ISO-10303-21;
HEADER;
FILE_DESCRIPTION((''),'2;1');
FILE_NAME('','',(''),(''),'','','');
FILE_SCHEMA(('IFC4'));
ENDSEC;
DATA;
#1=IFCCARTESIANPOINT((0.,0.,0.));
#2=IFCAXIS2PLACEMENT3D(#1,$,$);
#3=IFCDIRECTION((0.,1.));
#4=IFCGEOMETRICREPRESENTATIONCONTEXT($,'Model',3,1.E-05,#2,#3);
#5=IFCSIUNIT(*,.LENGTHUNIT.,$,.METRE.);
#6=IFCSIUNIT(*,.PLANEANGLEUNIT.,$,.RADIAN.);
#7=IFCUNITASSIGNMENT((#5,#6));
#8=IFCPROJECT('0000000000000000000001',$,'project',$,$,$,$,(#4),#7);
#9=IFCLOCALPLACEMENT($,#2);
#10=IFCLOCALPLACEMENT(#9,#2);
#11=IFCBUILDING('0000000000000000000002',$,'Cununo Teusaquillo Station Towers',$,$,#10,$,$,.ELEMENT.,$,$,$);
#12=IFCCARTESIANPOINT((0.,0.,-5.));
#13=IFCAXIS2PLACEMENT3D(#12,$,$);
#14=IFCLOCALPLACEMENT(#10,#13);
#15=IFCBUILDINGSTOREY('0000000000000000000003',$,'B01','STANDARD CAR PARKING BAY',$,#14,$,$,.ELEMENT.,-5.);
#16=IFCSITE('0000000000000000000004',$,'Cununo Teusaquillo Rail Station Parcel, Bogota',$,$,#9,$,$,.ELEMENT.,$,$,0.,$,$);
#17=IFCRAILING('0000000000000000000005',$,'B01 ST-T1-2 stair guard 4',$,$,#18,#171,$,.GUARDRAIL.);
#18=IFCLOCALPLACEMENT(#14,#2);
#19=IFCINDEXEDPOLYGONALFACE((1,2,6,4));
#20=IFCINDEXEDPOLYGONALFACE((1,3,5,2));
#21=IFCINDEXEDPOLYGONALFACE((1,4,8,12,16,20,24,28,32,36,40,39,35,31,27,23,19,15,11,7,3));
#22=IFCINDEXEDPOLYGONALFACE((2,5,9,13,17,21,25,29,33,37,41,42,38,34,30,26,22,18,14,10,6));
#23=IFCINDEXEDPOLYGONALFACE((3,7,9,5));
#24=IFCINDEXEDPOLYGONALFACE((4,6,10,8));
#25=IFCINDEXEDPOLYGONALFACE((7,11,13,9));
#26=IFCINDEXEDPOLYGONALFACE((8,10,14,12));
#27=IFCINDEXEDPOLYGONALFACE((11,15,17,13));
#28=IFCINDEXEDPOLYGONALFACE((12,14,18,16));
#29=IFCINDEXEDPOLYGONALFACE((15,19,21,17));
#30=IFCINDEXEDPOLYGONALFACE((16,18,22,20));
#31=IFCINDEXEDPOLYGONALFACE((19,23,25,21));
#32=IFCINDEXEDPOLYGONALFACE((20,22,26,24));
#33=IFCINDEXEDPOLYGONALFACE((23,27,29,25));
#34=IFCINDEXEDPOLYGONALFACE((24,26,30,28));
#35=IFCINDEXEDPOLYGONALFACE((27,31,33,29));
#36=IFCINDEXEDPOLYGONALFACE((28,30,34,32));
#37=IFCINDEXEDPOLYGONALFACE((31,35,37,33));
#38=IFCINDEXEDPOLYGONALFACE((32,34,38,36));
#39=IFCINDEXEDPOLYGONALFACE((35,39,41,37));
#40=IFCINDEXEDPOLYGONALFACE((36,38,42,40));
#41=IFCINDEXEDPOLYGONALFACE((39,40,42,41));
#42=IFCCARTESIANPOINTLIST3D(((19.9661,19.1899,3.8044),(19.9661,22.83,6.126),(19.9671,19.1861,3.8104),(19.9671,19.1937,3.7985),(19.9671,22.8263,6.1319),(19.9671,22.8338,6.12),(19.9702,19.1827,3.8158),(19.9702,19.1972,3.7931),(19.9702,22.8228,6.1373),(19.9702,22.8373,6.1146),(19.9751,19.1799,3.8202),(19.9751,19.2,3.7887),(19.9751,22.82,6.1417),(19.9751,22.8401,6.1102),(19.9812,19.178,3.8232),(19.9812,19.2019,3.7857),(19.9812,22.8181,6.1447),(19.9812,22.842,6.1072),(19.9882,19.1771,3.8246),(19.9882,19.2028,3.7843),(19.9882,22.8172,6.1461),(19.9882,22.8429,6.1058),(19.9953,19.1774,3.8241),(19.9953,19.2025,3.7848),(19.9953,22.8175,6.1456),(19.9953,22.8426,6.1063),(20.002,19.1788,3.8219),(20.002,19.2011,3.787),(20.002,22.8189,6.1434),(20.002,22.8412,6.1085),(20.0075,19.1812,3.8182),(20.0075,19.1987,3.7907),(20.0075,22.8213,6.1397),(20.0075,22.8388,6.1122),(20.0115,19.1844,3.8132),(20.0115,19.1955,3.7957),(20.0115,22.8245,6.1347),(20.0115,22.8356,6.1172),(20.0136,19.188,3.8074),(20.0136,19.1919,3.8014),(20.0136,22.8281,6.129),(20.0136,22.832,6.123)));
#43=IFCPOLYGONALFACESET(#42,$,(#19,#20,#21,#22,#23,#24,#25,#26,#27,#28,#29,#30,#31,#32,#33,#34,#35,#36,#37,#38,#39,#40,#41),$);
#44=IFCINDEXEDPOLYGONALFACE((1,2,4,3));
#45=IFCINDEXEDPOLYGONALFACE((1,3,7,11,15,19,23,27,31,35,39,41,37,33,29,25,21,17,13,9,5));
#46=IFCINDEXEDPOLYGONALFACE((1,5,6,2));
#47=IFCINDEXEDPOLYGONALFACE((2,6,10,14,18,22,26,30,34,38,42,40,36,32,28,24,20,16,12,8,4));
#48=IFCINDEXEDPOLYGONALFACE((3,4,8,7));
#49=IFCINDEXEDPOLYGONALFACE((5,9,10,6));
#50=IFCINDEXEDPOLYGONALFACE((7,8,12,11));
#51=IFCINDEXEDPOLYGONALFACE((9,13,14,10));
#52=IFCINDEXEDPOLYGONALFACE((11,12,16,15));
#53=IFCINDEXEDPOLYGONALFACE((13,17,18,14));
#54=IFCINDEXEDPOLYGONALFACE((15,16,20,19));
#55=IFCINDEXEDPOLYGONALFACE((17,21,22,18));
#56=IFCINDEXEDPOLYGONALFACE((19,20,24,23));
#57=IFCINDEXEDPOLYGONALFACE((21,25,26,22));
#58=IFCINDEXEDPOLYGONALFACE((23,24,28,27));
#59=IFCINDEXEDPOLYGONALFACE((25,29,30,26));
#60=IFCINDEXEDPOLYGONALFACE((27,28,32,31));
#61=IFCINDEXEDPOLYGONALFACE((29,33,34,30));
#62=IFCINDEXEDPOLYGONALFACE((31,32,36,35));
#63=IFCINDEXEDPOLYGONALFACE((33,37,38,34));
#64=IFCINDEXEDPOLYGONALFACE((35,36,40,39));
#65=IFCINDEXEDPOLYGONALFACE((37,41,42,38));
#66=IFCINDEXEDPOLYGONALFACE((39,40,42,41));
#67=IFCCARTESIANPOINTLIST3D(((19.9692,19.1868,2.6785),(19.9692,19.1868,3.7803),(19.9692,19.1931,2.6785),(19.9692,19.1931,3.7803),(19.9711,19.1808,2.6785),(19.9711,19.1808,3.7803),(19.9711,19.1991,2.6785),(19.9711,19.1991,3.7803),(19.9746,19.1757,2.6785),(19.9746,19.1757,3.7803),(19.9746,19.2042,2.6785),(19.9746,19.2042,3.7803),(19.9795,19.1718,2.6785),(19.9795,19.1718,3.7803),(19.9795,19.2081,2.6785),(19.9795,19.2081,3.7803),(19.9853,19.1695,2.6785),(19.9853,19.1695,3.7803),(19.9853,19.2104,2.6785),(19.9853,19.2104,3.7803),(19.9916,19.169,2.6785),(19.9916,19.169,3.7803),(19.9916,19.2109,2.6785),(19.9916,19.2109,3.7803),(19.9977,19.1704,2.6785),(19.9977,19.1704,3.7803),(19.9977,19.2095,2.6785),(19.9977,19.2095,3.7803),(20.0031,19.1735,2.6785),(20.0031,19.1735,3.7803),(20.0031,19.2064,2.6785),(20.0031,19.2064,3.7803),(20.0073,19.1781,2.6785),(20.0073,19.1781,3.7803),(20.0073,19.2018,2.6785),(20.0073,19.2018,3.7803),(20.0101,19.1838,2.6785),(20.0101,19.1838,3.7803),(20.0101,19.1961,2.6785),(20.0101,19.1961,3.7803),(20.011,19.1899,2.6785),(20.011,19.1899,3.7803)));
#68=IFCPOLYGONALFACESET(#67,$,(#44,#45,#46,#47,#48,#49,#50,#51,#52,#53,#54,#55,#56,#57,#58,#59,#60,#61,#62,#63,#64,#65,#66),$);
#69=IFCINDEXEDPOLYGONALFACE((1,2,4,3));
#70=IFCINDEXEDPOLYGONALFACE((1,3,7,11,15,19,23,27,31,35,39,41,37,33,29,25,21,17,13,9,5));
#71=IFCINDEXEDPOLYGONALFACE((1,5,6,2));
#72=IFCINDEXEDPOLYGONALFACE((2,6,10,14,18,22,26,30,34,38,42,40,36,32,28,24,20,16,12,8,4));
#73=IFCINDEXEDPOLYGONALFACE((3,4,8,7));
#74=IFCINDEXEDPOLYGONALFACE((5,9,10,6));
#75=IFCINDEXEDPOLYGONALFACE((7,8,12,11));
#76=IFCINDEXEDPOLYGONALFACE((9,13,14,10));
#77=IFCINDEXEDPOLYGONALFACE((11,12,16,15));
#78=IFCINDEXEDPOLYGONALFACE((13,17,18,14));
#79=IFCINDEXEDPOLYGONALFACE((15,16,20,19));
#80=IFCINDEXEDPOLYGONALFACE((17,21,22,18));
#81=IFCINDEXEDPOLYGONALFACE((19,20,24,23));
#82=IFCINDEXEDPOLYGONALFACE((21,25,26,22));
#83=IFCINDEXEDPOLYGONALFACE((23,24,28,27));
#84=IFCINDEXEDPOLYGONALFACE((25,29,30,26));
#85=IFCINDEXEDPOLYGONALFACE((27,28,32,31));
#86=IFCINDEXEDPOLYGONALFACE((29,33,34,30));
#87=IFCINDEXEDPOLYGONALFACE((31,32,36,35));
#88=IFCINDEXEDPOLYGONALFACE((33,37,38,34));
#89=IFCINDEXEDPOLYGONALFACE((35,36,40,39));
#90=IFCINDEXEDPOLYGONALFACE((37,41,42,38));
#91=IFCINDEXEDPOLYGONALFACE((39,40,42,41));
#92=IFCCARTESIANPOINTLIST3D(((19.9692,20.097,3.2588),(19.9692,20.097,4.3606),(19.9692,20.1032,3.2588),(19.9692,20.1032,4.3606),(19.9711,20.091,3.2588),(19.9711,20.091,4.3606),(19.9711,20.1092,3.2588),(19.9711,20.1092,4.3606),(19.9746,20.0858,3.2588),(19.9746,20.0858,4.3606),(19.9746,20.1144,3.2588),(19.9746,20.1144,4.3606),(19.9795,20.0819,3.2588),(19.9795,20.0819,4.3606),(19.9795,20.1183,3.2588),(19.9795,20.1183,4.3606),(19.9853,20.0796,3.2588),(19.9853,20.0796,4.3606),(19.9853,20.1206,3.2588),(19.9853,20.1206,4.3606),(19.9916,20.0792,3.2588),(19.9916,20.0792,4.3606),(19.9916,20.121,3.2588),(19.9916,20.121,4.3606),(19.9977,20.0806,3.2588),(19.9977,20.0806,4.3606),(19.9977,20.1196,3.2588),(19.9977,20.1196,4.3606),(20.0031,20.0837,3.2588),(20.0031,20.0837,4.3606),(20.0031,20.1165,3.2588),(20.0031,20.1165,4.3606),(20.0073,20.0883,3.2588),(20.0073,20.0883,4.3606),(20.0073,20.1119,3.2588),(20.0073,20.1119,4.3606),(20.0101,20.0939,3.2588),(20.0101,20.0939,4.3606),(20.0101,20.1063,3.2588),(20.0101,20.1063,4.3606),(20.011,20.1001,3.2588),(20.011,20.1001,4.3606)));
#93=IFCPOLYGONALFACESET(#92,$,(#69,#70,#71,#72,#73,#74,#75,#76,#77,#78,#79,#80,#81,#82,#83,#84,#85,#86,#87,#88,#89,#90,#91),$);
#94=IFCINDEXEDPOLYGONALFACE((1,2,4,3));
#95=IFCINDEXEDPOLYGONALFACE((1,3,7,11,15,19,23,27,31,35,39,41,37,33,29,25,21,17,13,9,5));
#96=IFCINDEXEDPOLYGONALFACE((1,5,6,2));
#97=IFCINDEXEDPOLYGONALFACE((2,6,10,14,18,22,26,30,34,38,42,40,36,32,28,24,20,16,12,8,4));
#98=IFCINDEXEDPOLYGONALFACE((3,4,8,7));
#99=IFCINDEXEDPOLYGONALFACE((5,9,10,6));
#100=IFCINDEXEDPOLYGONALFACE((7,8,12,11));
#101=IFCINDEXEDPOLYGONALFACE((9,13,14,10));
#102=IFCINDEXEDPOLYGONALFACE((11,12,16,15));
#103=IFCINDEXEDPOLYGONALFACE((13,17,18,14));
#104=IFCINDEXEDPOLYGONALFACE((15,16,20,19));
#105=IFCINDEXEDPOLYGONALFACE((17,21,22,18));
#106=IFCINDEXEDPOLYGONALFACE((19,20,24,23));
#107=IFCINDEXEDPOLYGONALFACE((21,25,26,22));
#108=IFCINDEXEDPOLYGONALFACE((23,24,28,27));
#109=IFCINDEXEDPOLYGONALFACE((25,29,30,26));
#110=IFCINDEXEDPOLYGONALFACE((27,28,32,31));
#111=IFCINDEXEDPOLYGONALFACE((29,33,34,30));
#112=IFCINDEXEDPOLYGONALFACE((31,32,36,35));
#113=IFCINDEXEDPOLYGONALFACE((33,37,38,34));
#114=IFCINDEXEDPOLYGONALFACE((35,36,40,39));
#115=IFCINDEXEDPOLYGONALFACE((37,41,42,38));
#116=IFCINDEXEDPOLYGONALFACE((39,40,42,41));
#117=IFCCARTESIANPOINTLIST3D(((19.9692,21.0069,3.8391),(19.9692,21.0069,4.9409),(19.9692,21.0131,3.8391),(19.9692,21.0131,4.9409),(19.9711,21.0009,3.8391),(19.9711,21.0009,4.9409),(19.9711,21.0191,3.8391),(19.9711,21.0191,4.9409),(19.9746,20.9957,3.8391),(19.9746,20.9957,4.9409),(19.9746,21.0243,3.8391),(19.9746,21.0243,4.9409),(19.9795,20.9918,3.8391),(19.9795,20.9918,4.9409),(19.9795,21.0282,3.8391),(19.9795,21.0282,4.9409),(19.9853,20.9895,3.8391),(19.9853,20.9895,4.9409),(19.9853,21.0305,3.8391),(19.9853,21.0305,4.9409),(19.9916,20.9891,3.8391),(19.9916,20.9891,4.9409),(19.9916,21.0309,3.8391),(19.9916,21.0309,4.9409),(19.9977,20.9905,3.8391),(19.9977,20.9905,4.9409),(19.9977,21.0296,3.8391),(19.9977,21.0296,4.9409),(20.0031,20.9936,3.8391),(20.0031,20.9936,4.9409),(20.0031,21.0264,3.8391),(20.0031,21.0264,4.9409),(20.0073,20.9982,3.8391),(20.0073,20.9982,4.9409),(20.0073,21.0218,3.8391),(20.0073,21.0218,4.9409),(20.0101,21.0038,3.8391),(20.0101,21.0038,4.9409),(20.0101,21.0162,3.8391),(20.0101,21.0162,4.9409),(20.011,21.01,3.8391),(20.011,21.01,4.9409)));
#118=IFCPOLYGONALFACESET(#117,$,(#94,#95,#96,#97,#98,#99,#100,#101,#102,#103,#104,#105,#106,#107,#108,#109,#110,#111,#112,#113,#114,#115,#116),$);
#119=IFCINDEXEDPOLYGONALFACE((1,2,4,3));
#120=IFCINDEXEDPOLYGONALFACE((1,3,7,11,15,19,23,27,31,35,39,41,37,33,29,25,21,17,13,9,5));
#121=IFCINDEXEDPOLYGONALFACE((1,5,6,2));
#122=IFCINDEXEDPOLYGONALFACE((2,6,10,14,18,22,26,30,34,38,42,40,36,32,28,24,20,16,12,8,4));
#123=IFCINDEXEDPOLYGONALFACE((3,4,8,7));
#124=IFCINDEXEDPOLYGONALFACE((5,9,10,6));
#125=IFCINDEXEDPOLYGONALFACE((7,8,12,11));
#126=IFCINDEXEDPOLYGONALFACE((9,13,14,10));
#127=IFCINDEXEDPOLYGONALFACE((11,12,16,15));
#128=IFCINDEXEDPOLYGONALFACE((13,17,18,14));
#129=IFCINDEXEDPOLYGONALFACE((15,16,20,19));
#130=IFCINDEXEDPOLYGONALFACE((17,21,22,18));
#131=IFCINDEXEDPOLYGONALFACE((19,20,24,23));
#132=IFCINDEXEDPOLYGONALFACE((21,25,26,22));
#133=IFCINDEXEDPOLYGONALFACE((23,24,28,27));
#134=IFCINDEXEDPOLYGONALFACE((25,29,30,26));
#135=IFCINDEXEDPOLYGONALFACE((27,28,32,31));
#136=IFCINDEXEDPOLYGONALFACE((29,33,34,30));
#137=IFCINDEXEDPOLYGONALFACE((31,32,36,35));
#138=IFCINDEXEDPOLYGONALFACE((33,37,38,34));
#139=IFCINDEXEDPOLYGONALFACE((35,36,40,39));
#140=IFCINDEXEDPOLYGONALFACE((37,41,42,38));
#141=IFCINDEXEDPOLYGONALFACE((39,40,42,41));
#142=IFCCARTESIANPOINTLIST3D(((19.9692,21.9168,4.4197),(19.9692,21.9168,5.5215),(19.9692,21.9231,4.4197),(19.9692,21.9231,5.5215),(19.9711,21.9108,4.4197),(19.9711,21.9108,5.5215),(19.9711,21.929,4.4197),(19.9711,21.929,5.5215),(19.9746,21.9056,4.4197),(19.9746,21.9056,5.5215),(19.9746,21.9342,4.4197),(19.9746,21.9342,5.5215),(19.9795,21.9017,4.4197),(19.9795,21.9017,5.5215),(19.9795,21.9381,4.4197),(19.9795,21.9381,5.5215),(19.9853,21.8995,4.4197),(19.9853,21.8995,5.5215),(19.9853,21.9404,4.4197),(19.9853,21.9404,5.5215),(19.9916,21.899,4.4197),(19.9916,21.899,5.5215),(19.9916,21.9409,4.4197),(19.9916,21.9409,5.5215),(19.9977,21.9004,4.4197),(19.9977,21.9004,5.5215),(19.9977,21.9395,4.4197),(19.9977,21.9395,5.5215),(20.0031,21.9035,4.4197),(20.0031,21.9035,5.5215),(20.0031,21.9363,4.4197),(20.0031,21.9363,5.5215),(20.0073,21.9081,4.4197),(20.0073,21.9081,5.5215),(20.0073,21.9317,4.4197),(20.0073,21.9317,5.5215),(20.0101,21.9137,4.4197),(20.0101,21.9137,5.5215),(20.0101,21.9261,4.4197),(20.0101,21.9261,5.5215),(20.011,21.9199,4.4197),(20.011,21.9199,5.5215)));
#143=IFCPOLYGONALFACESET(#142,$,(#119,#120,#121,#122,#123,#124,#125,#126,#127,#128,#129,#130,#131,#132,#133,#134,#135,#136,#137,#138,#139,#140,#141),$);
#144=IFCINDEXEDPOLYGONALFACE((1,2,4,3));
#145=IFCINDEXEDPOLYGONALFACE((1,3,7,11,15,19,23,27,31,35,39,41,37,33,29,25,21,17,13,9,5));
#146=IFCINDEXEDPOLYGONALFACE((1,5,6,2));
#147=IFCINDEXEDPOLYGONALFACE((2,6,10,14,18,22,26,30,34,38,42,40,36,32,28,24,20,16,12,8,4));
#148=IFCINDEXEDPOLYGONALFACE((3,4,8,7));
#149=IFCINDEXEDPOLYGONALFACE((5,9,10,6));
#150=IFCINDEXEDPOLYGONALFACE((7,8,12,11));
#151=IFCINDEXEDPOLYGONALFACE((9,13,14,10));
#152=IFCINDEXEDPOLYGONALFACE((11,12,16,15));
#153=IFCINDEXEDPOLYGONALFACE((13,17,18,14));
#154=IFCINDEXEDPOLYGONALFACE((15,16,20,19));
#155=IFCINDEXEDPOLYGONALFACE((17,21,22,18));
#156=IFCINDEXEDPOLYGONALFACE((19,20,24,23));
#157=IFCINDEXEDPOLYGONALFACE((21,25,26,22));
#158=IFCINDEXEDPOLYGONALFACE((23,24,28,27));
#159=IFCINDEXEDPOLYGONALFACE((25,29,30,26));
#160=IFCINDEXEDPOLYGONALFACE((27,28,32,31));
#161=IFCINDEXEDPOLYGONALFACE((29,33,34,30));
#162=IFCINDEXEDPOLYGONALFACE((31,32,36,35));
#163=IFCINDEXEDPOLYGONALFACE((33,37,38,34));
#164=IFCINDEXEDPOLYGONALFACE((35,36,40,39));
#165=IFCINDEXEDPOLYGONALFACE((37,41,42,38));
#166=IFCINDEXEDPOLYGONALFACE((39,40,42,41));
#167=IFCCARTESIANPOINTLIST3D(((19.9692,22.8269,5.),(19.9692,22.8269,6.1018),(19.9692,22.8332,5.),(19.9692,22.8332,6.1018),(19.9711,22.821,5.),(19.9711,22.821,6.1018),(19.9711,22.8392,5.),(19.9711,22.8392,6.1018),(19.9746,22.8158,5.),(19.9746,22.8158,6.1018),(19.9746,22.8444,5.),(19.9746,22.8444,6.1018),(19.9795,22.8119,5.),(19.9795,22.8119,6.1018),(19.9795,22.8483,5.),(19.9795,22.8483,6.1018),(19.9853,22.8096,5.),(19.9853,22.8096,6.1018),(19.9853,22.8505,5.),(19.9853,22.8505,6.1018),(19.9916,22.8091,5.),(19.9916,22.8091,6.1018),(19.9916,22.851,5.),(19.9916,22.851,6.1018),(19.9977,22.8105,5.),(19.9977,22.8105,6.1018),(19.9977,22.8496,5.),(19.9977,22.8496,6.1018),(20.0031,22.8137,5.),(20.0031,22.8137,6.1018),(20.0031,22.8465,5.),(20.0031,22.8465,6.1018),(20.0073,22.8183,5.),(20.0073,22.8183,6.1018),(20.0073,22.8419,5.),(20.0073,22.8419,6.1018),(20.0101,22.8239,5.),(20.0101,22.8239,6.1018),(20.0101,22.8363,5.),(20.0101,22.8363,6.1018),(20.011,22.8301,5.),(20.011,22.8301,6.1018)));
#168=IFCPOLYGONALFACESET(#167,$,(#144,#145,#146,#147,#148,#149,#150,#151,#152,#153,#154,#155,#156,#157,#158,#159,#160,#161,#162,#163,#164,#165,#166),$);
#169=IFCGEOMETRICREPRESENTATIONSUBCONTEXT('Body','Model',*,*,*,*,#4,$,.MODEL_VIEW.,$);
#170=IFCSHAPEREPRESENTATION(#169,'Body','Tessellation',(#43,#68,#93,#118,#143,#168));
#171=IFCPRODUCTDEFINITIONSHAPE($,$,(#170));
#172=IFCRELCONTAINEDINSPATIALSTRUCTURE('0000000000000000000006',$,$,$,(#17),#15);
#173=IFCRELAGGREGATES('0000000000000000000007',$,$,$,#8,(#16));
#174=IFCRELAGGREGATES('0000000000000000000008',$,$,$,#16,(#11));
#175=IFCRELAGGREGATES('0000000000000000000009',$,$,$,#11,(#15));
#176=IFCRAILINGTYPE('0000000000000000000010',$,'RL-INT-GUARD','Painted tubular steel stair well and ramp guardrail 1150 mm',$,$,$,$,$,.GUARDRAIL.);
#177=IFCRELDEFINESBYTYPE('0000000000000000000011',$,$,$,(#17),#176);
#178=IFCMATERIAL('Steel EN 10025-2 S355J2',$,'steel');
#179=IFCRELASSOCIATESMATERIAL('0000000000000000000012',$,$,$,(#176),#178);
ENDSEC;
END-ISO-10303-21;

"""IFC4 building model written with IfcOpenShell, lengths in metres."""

from ifc_helpers import new_model, si_unit, direction, frame, origin, origin_2d, place, context, subcontext, project, spatial, circle, extrude, material, type_object, element, save


model = new_model("IFC4")

# Units and contexts
model_context = context("Model", 3, precision=1e-05, world=origin(), true_north=direction((0.0, 1.0)))
body_context = subcontext(model_context, "Body", "Model", "MODEL_VIEW")
ifc_project = project(units=[si_unit("LENGTHUNIT", "METRE"), si_unit("PLANEANGLEUNIT", "RADIAN")], contexts=[model_context])

# Site, building, storey
site_placement = place(None, origin())
site = spatial("IfcSite", under=ifc_project, at=site_placement, Name="Cununo Teusaquillo Rail Station Parcel, Bogota", CompositionType="ELEMENT", RefElevation=0.0)
building_placement = place(site_placement, origin())
building = spatial("IfcBuilding", under=site, at=building_placement, Name="Cununo Teusaquillo Station Towers", CompositionType="ELEMENT")
storey_placement = place(building_placement, frame((0.0, 0.0, -5.0)))
storey = spatial("IfcBuildingStorey", under=building, at=storey_placement, Name="B01", Description="STANDARD CAR PARKING BAY", CompositionType="ELEMENT", Elevation=-5.0)

# Railing
ifc_material_1 = material(Name="Steel EN 10025-2 S355J2", Category="steel")
railing_type_1 = type_object("IfcRailingType", Name="RL-INT-GUARD", Description="Painted tubular steel stair well and ramp guardrail 1150 mm", PredefinedType="GUARDRAIL", material=ifc_material_1)
railing_1_placement = place(storey_placement, frame((19.99, 19.1899, 2.6785)))
element("IfcRailing", 1, at=railing_1_placement, inside=storey, type_object=railing_type_1, Name="B01 ST-T1-2 stair guard 4", PredefinedType="GUARDRAIL", context=body_context, shape_type="SweptSolid", body=[
    extrude(circle(Radius=0.0239, at=origin_2d()), frame((0.0, 0.0, 1.126), z_axis=(0.0, 0.843128, 0.537713), x_axis=(-1.0, 0.0, 0.0)), (0.0, 0.0, 1.0), 4.3174),
    extrude(circle(Radius=0.021, at=origin_2d()), origin(), (0.0, 0.0, 1.0), 1.1018),
    extrude(circle(Radius=0.021, at=origin_2d()), frame((0.0, 0.9102, 0.5803)), (0.0, 0.0, 1.0), 1.1018),
    extrude(circle(Radius=0.021, at=origin_2d()), frame((0.0, 1.8201, 1.1606)), (0.0, 0.0, 1.0), 1.1018),
    extrude(circle(Radius=0.021, at=origin_2d()), frame((0.0, 2.73, 1.7412)), (0.0, 0.0, 1.0), 1.1018),
    extrude(circle(Radius=0.021, at=origin_2d()), frame((0.0, 3.6401, 2.3215)), (0.0, 0.0, 1.0), 1.1018),
])

save(model, "model.ifc")
